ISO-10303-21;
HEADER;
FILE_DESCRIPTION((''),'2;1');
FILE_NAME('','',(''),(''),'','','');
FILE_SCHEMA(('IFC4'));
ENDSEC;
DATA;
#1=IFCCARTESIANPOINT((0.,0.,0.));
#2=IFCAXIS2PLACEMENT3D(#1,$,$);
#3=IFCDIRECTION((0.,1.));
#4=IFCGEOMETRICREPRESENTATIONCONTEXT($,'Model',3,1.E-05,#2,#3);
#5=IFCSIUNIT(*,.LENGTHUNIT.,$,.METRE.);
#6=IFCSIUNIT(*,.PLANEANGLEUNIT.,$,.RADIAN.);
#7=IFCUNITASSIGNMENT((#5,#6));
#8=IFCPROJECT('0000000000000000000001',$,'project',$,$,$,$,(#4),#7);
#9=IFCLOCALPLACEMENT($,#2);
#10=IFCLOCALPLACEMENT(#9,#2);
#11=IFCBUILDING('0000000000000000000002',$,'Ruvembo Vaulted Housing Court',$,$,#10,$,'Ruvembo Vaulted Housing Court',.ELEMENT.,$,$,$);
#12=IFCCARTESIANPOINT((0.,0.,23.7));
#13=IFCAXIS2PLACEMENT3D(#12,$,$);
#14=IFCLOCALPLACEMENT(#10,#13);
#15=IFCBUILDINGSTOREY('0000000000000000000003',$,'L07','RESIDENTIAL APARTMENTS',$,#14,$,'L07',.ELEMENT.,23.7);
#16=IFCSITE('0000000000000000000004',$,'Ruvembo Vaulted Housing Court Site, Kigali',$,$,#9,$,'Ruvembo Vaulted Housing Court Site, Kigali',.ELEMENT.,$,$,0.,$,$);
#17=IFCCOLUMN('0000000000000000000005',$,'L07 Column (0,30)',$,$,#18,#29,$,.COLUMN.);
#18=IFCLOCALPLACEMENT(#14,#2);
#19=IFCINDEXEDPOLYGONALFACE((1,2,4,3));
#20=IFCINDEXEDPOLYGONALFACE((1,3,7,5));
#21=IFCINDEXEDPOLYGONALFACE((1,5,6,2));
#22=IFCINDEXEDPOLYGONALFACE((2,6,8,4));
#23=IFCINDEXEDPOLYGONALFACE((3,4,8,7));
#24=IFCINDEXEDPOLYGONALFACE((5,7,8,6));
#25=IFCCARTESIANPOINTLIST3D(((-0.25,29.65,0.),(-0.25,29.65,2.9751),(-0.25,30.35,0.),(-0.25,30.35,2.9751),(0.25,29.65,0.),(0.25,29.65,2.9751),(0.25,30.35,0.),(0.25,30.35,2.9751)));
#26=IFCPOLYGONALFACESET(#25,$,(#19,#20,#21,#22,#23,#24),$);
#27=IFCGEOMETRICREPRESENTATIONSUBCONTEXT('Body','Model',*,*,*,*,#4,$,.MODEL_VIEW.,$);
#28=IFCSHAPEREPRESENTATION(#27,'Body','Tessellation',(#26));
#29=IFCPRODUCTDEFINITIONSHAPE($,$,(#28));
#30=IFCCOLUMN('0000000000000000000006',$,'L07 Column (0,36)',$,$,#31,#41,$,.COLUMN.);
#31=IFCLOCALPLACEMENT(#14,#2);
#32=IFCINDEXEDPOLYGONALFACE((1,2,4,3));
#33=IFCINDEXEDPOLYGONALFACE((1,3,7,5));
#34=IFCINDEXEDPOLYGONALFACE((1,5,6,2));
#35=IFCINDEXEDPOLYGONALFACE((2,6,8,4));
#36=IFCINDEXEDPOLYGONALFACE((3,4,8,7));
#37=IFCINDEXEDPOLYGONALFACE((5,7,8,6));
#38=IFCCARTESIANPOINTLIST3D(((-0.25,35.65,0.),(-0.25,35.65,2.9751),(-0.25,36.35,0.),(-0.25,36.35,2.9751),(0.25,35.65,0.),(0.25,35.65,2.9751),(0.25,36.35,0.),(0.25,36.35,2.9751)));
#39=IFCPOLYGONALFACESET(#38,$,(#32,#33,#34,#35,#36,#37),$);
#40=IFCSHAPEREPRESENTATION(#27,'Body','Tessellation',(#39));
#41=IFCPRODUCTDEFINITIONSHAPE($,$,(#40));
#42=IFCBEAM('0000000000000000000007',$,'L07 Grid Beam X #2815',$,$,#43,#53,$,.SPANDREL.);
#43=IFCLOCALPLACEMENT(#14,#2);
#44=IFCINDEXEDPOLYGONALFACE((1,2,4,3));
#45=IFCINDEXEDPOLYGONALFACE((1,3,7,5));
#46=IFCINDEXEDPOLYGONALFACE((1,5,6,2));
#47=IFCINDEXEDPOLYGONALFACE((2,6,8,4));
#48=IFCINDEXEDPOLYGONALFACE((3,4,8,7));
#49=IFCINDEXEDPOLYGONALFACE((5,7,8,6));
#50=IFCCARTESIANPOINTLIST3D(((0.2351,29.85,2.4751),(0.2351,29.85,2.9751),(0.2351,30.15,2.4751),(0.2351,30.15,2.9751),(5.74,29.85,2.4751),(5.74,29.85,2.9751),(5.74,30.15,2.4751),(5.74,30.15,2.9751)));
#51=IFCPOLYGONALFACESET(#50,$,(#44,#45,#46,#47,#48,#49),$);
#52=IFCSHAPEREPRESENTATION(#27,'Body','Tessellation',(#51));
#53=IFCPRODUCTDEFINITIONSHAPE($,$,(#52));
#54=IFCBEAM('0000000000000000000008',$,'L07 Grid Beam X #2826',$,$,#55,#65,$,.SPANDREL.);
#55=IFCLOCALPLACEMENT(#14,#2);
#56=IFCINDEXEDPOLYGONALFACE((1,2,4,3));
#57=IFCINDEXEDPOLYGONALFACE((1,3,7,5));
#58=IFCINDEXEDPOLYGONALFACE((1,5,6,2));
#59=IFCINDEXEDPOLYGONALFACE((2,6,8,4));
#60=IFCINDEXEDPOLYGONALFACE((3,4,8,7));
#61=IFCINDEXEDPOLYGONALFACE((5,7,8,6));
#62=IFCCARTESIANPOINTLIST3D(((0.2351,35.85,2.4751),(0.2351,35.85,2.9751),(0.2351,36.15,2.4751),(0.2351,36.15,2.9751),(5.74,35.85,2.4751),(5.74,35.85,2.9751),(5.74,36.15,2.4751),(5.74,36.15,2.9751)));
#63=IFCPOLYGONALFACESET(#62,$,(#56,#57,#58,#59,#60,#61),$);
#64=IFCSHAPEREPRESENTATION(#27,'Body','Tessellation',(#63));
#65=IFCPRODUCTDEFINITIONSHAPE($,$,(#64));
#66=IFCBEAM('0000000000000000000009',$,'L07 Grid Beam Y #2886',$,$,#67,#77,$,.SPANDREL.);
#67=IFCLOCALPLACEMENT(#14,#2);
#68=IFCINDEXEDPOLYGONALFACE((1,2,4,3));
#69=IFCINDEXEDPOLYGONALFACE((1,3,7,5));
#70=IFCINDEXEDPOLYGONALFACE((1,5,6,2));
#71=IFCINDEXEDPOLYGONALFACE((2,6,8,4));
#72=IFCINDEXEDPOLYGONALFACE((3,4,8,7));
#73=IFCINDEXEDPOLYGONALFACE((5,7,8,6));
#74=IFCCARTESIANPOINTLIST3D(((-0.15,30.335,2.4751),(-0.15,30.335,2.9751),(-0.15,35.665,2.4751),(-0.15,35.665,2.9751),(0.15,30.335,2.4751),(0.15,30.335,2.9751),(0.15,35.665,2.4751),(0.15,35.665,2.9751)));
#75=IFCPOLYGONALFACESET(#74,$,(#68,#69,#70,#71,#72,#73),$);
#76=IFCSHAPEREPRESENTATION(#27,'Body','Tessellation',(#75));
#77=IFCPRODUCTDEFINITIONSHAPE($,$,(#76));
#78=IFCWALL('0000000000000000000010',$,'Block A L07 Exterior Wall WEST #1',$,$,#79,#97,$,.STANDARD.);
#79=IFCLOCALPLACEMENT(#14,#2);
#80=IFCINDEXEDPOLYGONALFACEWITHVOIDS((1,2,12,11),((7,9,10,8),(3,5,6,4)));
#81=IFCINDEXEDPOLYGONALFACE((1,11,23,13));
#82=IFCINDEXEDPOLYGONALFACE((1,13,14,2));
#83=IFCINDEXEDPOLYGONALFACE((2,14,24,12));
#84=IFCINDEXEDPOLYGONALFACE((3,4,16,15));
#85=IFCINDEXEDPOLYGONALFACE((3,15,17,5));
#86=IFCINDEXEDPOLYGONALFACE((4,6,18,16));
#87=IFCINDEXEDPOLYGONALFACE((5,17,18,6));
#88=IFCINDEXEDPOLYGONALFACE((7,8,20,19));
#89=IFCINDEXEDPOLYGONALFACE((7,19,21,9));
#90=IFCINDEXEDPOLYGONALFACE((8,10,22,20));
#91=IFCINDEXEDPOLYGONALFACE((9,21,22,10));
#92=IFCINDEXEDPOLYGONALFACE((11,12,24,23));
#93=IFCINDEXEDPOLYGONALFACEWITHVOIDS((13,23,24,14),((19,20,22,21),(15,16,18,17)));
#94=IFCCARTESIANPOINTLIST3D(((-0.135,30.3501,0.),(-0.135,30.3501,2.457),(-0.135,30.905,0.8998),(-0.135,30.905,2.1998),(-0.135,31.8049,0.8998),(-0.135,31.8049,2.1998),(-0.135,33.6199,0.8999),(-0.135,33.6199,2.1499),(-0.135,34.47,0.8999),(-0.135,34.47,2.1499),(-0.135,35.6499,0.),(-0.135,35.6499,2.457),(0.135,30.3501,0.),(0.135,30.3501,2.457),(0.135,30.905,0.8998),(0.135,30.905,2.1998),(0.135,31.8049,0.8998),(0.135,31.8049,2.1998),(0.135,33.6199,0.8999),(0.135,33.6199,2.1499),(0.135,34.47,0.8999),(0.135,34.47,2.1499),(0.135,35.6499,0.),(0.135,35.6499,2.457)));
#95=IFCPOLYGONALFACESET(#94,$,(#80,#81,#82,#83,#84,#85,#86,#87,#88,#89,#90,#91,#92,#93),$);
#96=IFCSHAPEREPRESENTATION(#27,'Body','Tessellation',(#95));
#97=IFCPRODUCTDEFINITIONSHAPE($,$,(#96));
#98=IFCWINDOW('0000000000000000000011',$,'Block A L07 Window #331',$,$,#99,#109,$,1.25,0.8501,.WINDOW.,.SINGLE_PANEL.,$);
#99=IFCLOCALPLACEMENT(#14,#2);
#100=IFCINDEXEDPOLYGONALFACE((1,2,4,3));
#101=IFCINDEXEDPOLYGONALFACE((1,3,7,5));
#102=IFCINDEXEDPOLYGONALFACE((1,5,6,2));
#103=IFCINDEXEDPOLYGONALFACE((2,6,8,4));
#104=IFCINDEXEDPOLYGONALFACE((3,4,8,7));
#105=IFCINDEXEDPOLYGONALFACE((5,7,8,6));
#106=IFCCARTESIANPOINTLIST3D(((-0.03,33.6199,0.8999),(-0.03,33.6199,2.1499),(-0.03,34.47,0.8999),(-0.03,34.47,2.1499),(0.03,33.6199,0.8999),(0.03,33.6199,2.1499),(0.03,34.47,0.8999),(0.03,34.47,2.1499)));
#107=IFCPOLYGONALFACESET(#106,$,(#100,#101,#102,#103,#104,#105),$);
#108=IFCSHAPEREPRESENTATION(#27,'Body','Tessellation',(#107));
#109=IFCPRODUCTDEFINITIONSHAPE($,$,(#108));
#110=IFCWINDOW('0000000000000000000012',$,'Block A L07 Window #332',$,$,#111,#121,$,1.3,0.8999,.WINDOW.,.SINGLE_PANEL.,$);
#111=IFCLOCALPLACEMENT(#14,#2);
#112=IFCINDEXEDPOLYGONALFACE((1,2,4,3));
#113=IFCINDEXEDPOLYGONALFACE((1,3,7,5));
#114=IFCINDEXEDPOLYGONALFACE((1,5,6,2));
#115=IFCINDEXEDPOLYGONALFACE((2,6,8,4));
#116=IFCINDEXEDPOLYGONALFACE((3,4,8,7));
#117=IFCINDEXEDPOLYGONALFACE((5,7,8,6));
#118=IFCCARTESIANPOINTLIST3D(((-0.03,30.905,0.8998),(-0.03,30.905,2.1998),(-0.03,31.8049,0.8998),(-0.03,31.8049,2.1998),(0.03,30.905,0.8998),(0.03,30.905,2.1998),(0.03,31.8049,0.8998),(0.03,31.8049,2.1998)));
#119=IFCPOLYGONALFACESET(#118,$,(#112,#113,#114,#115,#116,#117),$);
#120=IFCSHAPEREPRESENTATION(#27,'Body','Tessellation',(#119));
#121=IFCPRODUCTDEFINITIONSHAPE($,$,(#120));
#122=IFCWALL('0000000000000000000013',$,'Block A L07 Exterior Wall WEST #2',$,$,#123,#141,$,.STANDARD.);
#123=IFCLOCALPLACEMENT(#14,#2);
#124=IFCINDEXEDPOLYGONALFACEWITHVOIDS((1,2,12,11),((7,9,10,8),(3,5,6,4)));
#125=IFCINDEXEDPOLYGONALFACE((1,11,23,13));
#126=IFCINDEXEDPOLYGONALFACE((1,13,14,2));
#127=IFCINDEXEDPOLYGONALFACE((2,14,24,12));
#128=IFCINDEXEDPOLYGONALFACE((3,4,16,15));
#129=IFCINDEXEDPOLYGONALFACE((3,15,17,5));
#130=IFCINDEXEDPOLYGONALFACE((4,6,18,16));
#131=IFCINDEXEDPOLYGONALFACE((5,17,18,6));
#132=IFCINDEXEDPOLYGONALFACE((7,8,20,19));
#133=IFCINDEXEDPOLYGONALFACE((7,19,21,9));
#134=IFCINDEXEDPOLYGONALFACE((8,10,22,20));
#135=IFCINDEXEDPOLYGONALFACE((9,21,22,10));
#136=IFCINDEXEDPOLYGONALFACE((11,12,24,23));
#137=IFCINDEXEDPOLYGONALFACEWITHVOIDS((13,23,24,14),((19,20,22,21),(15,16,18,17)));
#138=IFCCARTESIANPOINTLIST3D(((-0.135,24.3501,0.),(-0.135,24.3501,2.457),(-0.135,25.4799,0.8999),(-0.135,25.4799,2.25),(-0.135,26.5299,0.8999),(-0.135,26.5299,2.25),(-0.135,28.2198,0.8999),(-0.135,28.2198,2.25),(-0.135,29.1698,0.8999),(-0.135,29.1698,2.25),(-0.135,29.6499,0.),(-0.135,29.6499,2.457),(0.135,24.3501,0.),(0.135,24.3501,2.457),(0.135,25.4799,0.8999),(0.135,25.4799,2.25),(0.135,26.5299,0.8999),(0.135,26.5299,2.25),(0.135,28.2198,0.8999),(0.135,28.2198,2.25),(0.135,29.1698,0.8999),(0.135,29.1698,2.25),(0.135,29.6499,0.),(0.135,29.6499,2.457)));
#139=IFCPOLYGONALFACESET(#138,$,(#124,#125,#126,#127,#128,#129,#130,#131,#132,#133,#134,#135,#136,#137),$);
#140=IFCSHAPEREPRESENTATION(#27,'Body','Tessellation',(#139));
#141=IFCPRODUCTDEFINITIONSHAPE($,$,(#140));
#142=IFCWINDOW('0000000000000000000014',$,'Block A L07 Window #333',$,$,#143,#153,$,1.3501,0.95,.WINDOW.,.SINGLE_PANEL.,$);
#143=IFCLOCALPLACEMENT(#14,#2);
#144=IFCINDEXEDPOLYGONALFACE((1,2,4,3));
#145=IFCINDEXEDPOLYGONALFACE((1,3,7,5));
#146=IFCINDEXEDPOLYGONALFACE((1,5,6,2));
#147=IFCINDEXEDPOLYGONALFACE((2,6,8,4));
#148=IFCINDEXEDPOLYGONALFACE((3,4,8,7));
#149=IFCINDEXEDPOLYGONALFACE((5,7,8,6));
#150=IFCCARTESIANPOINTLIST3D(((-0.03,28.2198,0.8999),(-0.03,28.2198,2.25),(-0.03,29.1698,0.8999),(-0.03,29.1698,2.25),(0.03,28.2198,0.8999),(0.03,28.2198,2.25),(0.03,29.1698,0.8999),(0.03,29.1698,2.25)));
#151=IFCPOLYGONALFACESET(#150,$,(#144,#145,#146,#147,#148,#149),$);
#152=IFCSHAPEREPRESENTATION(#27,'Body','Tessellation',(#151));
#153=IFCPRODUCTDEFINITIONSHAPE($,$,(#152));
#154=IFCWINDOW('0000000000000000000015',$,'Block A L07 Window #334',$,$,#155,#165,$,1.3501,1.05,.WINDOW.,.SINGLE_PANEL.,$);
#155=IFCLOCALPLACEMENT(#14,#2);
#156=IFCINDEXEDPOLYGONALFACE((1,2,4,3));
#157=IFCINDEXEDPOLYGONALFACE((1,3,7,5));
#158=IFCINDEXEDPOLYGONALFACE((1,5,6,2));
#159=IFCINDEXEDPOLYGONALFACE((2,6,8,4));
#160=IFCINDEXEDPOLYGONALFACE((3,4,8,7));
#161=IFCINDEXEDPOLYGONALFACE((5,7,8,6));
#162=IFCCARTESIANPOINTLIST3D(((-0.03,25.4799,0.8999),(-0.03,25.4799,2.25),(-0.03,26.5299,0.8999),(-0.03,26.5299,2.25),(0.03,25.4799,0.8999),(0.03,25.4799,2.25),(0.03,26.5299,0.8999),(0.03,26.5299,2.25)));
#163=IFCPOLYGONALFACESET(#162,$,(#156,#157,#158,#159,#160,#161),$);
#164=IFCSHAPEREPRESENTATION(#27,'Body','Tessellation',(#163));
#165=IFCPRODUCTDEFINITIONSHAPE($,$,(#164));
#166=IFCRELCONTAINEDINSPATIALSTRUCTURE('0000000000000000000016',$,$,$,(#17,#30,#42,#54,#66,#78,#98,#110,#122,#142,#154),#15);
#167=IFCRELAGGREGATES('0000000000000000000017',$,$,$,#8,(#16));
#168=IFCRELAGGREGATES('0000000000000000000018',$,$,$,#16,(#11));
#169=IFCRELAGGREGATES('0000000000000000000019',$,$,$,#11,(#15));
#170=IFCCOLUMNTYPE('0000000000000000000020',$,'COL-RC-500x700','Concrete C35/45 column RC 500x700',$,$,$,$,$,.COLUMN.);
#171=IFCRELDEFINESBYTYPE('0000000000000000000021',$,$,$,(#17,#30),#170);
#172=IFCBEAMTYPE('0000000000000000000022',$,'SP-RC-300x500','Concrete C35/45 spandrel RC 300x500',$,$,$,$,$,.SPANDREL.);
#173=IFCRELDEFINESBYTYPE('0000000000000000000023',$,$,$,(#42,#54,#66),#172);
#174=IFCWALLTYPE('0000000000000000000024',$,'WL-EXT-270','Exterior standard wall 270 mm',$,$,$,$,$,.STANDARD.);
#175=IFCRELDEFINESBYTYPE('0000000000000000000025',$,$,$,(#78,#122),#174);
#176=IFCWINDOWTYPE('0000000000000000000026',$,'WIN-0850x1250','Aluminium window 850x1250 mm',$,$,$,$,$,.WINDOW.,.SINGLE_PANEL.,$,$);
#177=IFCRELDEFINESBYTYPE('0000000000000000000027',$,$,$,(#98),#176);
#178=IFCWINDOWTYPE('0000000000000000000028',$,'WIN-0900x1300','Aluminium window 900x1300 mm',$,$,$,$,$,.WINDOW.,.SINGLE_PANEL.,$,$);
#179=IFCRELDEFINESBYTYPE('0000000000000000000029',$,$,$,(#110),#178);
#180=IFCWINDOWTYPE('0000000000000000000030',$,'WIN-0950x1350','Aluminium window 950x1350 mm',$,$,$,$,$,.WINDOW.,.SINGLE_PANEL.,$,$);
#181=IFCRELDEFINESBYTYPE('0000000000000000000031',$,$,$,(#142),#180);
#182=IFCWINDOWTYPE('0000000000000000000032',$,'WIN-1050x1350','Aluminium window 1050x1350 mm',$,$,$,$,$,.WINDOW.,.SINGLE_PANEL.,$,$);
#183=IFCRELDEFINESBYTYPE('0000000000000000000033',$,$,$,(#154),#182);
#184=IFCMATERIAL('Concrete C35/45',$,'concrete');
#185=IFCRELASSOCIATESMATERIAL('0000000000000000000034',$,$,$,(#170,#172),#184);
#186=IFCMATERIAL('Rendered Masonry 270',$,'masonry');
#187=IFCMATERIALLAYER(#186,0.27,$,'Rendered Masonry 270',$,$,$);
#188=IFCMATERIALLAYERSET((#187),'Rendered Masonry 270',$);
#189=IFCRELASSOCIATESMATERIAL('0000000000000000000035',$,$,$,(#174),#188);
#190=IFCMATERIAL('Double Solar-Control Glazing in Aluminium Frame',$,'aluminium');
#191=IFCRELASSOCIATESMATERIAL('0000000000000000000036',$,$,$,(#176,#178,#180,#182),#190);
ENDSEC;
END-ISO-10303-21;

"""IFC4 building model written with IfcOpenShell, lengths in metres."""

from ifc_helpers import new_model, si_unit, direction, frame, frame_2d, origin, origin_2d, place, context, subcontext, project, spatial, rectangle, extrude, material, layer, layer_set, material_profile, profile_set, type_object, element, fill, save


model = new_model("IFC4")

# Units and contexts
model_context = context("Model", 3, precision=1e-05, world=origin(), true_north=direction((0.0, 1.0)))
body_context = subcontext(model_context, "Body", "Model", "MODEL_VIEW")
ifc_project = project(units=[si_unit("LENGTHUNIT", "METRE"), si_unit("PLANEANGLEUNIT", "RADIAN")], contexts=[model_context])

# Site, building, storey
site_placement = place(None, origin())
site = spatial("IfcSite", under=ifc_project, at=site_placement, Name="Ruvembo Vaulted Housing Court Site, Kigali", LongName="Ruvembo Vaulted Housing Court Site, Kigali", CompositionType="ELEMENT", RefElevation=0.0)
building_placement = place(site_placement, origin())
building = spatial("IfcBuilding", under=site, at=building_placement, Name="Ruvembo Vaulted Housing Court", LongName="Ruvembo Vaulted Housing Court", CompositionType="ELEMENT")
storey_placement = place(building_placement, frame((0.0, 0.0, 23.7)))
storey = spatial("IfcBuildingStorey", under=building, at=storey_placement, Name="L07", Description="RESIDENTIAL APARTMENTS", LongName="L07", CompositionType="ELEMENT", Elevation=23.7)

# Columns
ifc_material_1 = material(Name="Concrete C35/45", Category="concrete")
ifc_material_profile_1 = material_profile(ifc_material_1, rectangle(XDim=0.5, YDim=0.7, at=origin_2d()), Name="RC 500x700")
ifc_profile_set_1 = profile_set([ifc_material_profile_1], Name="Concrete C35/45")
column_type = type_object("IfcColumnType", Name="COL-RC-500x700", Description="Concrete C35/45 column RC 500x700", PredefinedType="COLUMN", material=ifc_profile_set_1)
for number, where, z_axis, x_axis, name in (
    (1, (0.0, 30.0, 0.0), (0.0, 0.0, 1.0), (1.0, 0.0, 0.0), "L07 Column (0,30)"),
    (2, (0.0, 36.0, 0.0), (0.0, 0.0, 1.0), (1.0, 0.0, 0.0), "L07 Column (0,36)"),
):
    element("IfcColumn", number, at=place(storey_placement, frame(where, z_axis=z_axis, x_axis=x_axis)), inside=storey, type_object=column_type, Name=name, PredefinedType="COLUMN", context=body_context, shape_type="SweptSolid", body=[
        extrude(rectangle(XDim=0.5, YDim=0.7, at=origin_2d()), origin(), (0.0, 0.0, 1.0), 2.9751),
    ])

# Beams
ifc_material_profile_2 = material_profile(ifc_material_1, rectangle(XDim=0.3, YDim=0.5, at=origin_2d()), Name="RC 300x500")
ifc_profile_set_2 = profile_set([ifc_material_profile_2], Name="Concrete C35/45")
beam_type = type_object("IfcBeamType", Name="SP-RC-300x500", Description="Concrete C35/45 spandrel RC 300x500", PredefinedType="SPANDREL", material=ifc_profile_set_2)
for number, where, z_axis, x_axis, name in (
    (3, (0.2351, 30.0, 2.7251), (1.0, 0.0, 0.0), (0.0, 1.0, 0.0), "L07 Grid Beam X #2815"),
    (4, (0.2351, 36.0, 2.7251), (1.0, 0.0, 0.0), (0.0, 1.0, 0.0), "L07 Grid Beam X #2826"),
):
    element("IfcBeam", number, at=place(storey_placement, frame(where, z_axis=z_axis, x_axis=x_axis)), inside=storey, type_object=beam_type, Name=name, PredefinedType="SPANDREL", context=body_context, shape_type="SweptSolid", body=[
        extrude(rectangle(XDim=0.3, YDim=0.5, at=origin_2d()), origin(), (0.0, 0.0, 1.0), 5.5049),
    ])
beam_placement = place(storey_placement, frame((0.0, 30.335, 2.7251), z_axis=(0.0, 1.0, 0.0), x_axis=(-1.0, 0.0, 0.0)))
element("IfcBeam", 5, at=beam_placement, inside=storey, type_object=beam_type, Name="L07 Grid Beam Y #2886", PredefinedType="SPANDREL", context=body_context, shape_type="SweptSolid", body=[
    extrude(rectangle(XDim=0.3, YDim=0.5, at=origin_2d()), origin(), (0.0, 0.0, 1.0), 5.3301),
])

# Walls, openings, windows
ifc_material_2 = material(Name="Rendered Masonry 270", Category="masonry")
ifc_layer_1 = layer(ifc_material_2, 0.27, Name="Rendered Masonry 270")
ifc_layer_set_1 = layer_set([ifc_layer_1], Name="Rendered Masonry 270")
wall_type_1 = type_object("IfcWallType", Name="WL-EXT-270", Description="Exterior standard wall 270 mm", PredefinedType="STANDARD", material=ifc_layer_set_1)
wall_1_placement = place(storey_placement, frame((0.0, 35.6499, 0.0), z_axis=(0.0, 0.0, 1.0), x_axis=(0.0, -1.0, 0.0)))
wall_1 = element("IfcWall", 6, at=wall_1_placement, inside=storey, type_object=wall_type_1, Name="Block A L07 Exterior Wall WEST #1", PredefinedType="STANDARD", context=body_context, shape_type="SweptSolid", body=[
    extrude(rectangle(XDim=5.2998, YDim=0.27, at=frame_2d((2.6499, 0.0))), origin(), (0.0, 0.0, 1.0), 2.457),
])
opening_1_placement = place(wall_1_placement, frame((1.1799, 0.0, 0.8999)))
opening_1 = element("IfcOpeningElement", 7, at=opening_1_placement, cuts=wall_1, PredefinedType="OPENING", context=body_context, shape_type="SweptSolid", body=[
    extrude(rectangle(XDim=0.8501, YDim=1.25, at=frame_2d((0.425, 0.625))), frame((0.0, 0.145, 0.0), z_axis=(0.0, -1.0, 0.0), x_axis=(1.0, 0.0, 0.0)), (0.0, 0.0, 1.0), 0.29),
])
opening_2_placement = place(wall_1_placement, frame((3.845, 0.0, 0.8999)))
opening_2 = element("IfcOpeningElement", 8, at=opening_2_placement, cuts=wall_1, PredefinedType="OPENING", context=body_context, shape_type="SweptSolid", body=[
    extrude(rectangle(XDim=0.8999, YDim=1.3, at=frame_2d((0.45, 0.6499))), frame((0.0, 0.145, 0.0), z_axis=(0.0, -1.0, 0.0), x_axis=(1.0, 0.0, 0.0)), (0.0, 0.0, 1.0), 0.29),
])
ifc_material_3 = material(Name="Double Solar-Control Glazing in Aluminium Frame", Category="aluminium")
window_type_1 = type_object("IfcWindowType", Name="WIN-0850x1250", Description="Aluminium window 850x1250 mm", PartitioningType="SINGLE_PANEL", PredefinedType="WINDOW", material=ifc_material_3)
window_1_placement = place(opening_1_placement, origin())
window_1 = element("IfcWindow", 9, at=window_1_placement, inside=storey, type_object=window_type_1, Name="Block A L07 Window #331", OverallHeight=1.25, OverallWidth=0.8501, PartitioningType="SINGLE_PANEL", PredefinedType="WINDOW", context=body_context, shape_type="SweptSolid", body=[
    extrude(rectangle(XDim=0.8501, YDim=1.25, at=frame_2d((0.425, 0.625))), frame((0.0, 0.03, 0.0), z_axis=(0.0, -1.0, 0.0), x_axis=(1.0, 0.0, 0.0)), (0.0, 0.0, 1.0), 0.0601),
])
fill(opening_1, window_1)
window_type_2 = type_object("IfcWindowType", Name="WIN-0900x1300", Description="Aluminium window 900x1300 mm", PartitioningType="SINGLE_PANEL", PredefinedType="WINDOW", material=ifc_material_3)
window_2_placement = place(opening_2_placement, origin())
window_2 = element("IfcWindow", 10, at=window_2_placement, inside=storey, type_object=window_type_2, Name="Block A L07 Window #332", OverallHeight=1.3, OverallWidth=0.8999, PartitioningType="SINGLE_PANEL", PredefinedType="WINDOW", context=body_context, shape_type="SweptSolid", body=[
    extrude(rectangle(XDim=0.8999, YDim=1.3, at=frame_2d((0.45, 0.6499))), frame((0.0, 0.03, 0.0), z_axis=(0.0, -1.0, 0.0), x_axis=(1.0, 0.0, 0.0)), (0.0, 0.0, 1.0), 0.0601),
])
fill(opening_2, window_2)
wall_2_placement = place(storey_placement, frame((0.0, 29.6499, 0.0), z_axis=(0.0, 0.0, 1.0), x_axis=(0.0, -1.0, 0.0)))
wall_2 = element("IfcWall", 11, at=wall_2_placement, inside=storey, type_object=wall_type_1, Name="Block A L07 Exterior Wall WEST #2", PredefinedType="STANDARD", context=body_context, shape_type="SweptSolid", body=[
    extrude(rectangle(XDim=5.2998, YDim=0.27, at=frame_2d((2.6499, 0.0))), origin(), (0.0, 0.0, 1.0), 2.457),
])
opening_3_placement = place(wall_2_placement, frame((0.48, 0.0, 0.8999)))
opening_3 = element("IfcOpeningElement", 12, at=opening_3_placement, cuts=wall_2, PredefinedType="OPENING", context=body_context, shape_type="SweptSolid", body=[
    extrude(rectangle(XDim=0.95, YDim=1.3501, at=frame_2d((0.4751, 0.675))), frame((0.0, 0.145, 0.0), z_axis=(0.0, -1.0, 0.0), x_axis=(1.0, 0.0, 0.0)), (0.0, 0.0, 1.0), 0.29),
])
opening_4_placement = place(wall_2_placement, frame((3.1201, 0.0, 0.8999)))
opening_4 = element("IfcOpeningElement", 13, at=opening_4_placement, cuts=wall_2, PredefinedType="OPENING", context=body_context, shape_type="SweptSolid", body=[
    extrude(rectangle(XDim=1.05, YDim=1.3501, at=frame_2d((0.5249, 0.675))), frame((0.0, 0.145, 0.0), z_axis=(0.0, -1.0, 0.0), x_axis=(1.0, 0.0, 0.0)), (0.0, 0.0, 1.0), 0.29),
])
window_type_3 = type_object("IfcWindowType", Name="WIN-0950x1350", Description="Aluminium window 950x1350 mm", PartitioningType="SINGLE_PANEL", PredefinedType="WINDOW", material=ifc_material_3)
window_3_placement = place(opening_3_placement, origin())
window_3 = element("IfcWindow", 14, at=window_3_placement, inside=storey, type_object=window_type_3, Name="Block A L07 Window #333", OverallHeight=1.3501, OverallWidth=0.95, PartitioningType="SINGLE_PANEL", PredefinedType="WINDOW", context=body_context, shape_type="SweptSolid", body=[
    extrude(rectangle(XDim=0.95, YDim=1.3501, at=frame_2d((0.4751, 0.675))), frame((0.0, 0.03, 0.0), z_axis=(0.0, -1.0, 0.0), x_axis=(1.0, 0.0, 0.0)), (0.0, 0.0, 1.0), 0.0601),
])
fill(opening_3, window_3)
window_type_4 = type_object("IfcWindowType", Name="WIN-1050x1350", Description="Aluminium window 1050x1350 mm", PartitioningType="SINGLE_PANEL", PredefinedType="WINDOW", material=ifc_material_3)
window_4_placement = place(opening_4_placement, origin())
window_4 = element("IfcWindow", 15, at=window_4_placement, inside=storey, type_object=window_type_4, Name="Block A L07 Window #334", OverallHeight=1.3501, OverallWidth=1.05, PartitioningType="SINGLE_PANEL", PredefinedType="WINDOW", context=body_context, shape_type="SweptSolid", body=[
    extrude(rectangle(XDim=1.05, YDim=1.3501, at=frame_2d((0.5249, 0.675))), frame((0.0, 0.03, 0.0), z_axis=(0.0, -1.0, 0.0), x_axis=(1.0, 0.0, 0.0)), (0.0, 0.0, 1.0), 0.0601),
])
fill(opening_4, window_4)

save(model, "model.ifc")
